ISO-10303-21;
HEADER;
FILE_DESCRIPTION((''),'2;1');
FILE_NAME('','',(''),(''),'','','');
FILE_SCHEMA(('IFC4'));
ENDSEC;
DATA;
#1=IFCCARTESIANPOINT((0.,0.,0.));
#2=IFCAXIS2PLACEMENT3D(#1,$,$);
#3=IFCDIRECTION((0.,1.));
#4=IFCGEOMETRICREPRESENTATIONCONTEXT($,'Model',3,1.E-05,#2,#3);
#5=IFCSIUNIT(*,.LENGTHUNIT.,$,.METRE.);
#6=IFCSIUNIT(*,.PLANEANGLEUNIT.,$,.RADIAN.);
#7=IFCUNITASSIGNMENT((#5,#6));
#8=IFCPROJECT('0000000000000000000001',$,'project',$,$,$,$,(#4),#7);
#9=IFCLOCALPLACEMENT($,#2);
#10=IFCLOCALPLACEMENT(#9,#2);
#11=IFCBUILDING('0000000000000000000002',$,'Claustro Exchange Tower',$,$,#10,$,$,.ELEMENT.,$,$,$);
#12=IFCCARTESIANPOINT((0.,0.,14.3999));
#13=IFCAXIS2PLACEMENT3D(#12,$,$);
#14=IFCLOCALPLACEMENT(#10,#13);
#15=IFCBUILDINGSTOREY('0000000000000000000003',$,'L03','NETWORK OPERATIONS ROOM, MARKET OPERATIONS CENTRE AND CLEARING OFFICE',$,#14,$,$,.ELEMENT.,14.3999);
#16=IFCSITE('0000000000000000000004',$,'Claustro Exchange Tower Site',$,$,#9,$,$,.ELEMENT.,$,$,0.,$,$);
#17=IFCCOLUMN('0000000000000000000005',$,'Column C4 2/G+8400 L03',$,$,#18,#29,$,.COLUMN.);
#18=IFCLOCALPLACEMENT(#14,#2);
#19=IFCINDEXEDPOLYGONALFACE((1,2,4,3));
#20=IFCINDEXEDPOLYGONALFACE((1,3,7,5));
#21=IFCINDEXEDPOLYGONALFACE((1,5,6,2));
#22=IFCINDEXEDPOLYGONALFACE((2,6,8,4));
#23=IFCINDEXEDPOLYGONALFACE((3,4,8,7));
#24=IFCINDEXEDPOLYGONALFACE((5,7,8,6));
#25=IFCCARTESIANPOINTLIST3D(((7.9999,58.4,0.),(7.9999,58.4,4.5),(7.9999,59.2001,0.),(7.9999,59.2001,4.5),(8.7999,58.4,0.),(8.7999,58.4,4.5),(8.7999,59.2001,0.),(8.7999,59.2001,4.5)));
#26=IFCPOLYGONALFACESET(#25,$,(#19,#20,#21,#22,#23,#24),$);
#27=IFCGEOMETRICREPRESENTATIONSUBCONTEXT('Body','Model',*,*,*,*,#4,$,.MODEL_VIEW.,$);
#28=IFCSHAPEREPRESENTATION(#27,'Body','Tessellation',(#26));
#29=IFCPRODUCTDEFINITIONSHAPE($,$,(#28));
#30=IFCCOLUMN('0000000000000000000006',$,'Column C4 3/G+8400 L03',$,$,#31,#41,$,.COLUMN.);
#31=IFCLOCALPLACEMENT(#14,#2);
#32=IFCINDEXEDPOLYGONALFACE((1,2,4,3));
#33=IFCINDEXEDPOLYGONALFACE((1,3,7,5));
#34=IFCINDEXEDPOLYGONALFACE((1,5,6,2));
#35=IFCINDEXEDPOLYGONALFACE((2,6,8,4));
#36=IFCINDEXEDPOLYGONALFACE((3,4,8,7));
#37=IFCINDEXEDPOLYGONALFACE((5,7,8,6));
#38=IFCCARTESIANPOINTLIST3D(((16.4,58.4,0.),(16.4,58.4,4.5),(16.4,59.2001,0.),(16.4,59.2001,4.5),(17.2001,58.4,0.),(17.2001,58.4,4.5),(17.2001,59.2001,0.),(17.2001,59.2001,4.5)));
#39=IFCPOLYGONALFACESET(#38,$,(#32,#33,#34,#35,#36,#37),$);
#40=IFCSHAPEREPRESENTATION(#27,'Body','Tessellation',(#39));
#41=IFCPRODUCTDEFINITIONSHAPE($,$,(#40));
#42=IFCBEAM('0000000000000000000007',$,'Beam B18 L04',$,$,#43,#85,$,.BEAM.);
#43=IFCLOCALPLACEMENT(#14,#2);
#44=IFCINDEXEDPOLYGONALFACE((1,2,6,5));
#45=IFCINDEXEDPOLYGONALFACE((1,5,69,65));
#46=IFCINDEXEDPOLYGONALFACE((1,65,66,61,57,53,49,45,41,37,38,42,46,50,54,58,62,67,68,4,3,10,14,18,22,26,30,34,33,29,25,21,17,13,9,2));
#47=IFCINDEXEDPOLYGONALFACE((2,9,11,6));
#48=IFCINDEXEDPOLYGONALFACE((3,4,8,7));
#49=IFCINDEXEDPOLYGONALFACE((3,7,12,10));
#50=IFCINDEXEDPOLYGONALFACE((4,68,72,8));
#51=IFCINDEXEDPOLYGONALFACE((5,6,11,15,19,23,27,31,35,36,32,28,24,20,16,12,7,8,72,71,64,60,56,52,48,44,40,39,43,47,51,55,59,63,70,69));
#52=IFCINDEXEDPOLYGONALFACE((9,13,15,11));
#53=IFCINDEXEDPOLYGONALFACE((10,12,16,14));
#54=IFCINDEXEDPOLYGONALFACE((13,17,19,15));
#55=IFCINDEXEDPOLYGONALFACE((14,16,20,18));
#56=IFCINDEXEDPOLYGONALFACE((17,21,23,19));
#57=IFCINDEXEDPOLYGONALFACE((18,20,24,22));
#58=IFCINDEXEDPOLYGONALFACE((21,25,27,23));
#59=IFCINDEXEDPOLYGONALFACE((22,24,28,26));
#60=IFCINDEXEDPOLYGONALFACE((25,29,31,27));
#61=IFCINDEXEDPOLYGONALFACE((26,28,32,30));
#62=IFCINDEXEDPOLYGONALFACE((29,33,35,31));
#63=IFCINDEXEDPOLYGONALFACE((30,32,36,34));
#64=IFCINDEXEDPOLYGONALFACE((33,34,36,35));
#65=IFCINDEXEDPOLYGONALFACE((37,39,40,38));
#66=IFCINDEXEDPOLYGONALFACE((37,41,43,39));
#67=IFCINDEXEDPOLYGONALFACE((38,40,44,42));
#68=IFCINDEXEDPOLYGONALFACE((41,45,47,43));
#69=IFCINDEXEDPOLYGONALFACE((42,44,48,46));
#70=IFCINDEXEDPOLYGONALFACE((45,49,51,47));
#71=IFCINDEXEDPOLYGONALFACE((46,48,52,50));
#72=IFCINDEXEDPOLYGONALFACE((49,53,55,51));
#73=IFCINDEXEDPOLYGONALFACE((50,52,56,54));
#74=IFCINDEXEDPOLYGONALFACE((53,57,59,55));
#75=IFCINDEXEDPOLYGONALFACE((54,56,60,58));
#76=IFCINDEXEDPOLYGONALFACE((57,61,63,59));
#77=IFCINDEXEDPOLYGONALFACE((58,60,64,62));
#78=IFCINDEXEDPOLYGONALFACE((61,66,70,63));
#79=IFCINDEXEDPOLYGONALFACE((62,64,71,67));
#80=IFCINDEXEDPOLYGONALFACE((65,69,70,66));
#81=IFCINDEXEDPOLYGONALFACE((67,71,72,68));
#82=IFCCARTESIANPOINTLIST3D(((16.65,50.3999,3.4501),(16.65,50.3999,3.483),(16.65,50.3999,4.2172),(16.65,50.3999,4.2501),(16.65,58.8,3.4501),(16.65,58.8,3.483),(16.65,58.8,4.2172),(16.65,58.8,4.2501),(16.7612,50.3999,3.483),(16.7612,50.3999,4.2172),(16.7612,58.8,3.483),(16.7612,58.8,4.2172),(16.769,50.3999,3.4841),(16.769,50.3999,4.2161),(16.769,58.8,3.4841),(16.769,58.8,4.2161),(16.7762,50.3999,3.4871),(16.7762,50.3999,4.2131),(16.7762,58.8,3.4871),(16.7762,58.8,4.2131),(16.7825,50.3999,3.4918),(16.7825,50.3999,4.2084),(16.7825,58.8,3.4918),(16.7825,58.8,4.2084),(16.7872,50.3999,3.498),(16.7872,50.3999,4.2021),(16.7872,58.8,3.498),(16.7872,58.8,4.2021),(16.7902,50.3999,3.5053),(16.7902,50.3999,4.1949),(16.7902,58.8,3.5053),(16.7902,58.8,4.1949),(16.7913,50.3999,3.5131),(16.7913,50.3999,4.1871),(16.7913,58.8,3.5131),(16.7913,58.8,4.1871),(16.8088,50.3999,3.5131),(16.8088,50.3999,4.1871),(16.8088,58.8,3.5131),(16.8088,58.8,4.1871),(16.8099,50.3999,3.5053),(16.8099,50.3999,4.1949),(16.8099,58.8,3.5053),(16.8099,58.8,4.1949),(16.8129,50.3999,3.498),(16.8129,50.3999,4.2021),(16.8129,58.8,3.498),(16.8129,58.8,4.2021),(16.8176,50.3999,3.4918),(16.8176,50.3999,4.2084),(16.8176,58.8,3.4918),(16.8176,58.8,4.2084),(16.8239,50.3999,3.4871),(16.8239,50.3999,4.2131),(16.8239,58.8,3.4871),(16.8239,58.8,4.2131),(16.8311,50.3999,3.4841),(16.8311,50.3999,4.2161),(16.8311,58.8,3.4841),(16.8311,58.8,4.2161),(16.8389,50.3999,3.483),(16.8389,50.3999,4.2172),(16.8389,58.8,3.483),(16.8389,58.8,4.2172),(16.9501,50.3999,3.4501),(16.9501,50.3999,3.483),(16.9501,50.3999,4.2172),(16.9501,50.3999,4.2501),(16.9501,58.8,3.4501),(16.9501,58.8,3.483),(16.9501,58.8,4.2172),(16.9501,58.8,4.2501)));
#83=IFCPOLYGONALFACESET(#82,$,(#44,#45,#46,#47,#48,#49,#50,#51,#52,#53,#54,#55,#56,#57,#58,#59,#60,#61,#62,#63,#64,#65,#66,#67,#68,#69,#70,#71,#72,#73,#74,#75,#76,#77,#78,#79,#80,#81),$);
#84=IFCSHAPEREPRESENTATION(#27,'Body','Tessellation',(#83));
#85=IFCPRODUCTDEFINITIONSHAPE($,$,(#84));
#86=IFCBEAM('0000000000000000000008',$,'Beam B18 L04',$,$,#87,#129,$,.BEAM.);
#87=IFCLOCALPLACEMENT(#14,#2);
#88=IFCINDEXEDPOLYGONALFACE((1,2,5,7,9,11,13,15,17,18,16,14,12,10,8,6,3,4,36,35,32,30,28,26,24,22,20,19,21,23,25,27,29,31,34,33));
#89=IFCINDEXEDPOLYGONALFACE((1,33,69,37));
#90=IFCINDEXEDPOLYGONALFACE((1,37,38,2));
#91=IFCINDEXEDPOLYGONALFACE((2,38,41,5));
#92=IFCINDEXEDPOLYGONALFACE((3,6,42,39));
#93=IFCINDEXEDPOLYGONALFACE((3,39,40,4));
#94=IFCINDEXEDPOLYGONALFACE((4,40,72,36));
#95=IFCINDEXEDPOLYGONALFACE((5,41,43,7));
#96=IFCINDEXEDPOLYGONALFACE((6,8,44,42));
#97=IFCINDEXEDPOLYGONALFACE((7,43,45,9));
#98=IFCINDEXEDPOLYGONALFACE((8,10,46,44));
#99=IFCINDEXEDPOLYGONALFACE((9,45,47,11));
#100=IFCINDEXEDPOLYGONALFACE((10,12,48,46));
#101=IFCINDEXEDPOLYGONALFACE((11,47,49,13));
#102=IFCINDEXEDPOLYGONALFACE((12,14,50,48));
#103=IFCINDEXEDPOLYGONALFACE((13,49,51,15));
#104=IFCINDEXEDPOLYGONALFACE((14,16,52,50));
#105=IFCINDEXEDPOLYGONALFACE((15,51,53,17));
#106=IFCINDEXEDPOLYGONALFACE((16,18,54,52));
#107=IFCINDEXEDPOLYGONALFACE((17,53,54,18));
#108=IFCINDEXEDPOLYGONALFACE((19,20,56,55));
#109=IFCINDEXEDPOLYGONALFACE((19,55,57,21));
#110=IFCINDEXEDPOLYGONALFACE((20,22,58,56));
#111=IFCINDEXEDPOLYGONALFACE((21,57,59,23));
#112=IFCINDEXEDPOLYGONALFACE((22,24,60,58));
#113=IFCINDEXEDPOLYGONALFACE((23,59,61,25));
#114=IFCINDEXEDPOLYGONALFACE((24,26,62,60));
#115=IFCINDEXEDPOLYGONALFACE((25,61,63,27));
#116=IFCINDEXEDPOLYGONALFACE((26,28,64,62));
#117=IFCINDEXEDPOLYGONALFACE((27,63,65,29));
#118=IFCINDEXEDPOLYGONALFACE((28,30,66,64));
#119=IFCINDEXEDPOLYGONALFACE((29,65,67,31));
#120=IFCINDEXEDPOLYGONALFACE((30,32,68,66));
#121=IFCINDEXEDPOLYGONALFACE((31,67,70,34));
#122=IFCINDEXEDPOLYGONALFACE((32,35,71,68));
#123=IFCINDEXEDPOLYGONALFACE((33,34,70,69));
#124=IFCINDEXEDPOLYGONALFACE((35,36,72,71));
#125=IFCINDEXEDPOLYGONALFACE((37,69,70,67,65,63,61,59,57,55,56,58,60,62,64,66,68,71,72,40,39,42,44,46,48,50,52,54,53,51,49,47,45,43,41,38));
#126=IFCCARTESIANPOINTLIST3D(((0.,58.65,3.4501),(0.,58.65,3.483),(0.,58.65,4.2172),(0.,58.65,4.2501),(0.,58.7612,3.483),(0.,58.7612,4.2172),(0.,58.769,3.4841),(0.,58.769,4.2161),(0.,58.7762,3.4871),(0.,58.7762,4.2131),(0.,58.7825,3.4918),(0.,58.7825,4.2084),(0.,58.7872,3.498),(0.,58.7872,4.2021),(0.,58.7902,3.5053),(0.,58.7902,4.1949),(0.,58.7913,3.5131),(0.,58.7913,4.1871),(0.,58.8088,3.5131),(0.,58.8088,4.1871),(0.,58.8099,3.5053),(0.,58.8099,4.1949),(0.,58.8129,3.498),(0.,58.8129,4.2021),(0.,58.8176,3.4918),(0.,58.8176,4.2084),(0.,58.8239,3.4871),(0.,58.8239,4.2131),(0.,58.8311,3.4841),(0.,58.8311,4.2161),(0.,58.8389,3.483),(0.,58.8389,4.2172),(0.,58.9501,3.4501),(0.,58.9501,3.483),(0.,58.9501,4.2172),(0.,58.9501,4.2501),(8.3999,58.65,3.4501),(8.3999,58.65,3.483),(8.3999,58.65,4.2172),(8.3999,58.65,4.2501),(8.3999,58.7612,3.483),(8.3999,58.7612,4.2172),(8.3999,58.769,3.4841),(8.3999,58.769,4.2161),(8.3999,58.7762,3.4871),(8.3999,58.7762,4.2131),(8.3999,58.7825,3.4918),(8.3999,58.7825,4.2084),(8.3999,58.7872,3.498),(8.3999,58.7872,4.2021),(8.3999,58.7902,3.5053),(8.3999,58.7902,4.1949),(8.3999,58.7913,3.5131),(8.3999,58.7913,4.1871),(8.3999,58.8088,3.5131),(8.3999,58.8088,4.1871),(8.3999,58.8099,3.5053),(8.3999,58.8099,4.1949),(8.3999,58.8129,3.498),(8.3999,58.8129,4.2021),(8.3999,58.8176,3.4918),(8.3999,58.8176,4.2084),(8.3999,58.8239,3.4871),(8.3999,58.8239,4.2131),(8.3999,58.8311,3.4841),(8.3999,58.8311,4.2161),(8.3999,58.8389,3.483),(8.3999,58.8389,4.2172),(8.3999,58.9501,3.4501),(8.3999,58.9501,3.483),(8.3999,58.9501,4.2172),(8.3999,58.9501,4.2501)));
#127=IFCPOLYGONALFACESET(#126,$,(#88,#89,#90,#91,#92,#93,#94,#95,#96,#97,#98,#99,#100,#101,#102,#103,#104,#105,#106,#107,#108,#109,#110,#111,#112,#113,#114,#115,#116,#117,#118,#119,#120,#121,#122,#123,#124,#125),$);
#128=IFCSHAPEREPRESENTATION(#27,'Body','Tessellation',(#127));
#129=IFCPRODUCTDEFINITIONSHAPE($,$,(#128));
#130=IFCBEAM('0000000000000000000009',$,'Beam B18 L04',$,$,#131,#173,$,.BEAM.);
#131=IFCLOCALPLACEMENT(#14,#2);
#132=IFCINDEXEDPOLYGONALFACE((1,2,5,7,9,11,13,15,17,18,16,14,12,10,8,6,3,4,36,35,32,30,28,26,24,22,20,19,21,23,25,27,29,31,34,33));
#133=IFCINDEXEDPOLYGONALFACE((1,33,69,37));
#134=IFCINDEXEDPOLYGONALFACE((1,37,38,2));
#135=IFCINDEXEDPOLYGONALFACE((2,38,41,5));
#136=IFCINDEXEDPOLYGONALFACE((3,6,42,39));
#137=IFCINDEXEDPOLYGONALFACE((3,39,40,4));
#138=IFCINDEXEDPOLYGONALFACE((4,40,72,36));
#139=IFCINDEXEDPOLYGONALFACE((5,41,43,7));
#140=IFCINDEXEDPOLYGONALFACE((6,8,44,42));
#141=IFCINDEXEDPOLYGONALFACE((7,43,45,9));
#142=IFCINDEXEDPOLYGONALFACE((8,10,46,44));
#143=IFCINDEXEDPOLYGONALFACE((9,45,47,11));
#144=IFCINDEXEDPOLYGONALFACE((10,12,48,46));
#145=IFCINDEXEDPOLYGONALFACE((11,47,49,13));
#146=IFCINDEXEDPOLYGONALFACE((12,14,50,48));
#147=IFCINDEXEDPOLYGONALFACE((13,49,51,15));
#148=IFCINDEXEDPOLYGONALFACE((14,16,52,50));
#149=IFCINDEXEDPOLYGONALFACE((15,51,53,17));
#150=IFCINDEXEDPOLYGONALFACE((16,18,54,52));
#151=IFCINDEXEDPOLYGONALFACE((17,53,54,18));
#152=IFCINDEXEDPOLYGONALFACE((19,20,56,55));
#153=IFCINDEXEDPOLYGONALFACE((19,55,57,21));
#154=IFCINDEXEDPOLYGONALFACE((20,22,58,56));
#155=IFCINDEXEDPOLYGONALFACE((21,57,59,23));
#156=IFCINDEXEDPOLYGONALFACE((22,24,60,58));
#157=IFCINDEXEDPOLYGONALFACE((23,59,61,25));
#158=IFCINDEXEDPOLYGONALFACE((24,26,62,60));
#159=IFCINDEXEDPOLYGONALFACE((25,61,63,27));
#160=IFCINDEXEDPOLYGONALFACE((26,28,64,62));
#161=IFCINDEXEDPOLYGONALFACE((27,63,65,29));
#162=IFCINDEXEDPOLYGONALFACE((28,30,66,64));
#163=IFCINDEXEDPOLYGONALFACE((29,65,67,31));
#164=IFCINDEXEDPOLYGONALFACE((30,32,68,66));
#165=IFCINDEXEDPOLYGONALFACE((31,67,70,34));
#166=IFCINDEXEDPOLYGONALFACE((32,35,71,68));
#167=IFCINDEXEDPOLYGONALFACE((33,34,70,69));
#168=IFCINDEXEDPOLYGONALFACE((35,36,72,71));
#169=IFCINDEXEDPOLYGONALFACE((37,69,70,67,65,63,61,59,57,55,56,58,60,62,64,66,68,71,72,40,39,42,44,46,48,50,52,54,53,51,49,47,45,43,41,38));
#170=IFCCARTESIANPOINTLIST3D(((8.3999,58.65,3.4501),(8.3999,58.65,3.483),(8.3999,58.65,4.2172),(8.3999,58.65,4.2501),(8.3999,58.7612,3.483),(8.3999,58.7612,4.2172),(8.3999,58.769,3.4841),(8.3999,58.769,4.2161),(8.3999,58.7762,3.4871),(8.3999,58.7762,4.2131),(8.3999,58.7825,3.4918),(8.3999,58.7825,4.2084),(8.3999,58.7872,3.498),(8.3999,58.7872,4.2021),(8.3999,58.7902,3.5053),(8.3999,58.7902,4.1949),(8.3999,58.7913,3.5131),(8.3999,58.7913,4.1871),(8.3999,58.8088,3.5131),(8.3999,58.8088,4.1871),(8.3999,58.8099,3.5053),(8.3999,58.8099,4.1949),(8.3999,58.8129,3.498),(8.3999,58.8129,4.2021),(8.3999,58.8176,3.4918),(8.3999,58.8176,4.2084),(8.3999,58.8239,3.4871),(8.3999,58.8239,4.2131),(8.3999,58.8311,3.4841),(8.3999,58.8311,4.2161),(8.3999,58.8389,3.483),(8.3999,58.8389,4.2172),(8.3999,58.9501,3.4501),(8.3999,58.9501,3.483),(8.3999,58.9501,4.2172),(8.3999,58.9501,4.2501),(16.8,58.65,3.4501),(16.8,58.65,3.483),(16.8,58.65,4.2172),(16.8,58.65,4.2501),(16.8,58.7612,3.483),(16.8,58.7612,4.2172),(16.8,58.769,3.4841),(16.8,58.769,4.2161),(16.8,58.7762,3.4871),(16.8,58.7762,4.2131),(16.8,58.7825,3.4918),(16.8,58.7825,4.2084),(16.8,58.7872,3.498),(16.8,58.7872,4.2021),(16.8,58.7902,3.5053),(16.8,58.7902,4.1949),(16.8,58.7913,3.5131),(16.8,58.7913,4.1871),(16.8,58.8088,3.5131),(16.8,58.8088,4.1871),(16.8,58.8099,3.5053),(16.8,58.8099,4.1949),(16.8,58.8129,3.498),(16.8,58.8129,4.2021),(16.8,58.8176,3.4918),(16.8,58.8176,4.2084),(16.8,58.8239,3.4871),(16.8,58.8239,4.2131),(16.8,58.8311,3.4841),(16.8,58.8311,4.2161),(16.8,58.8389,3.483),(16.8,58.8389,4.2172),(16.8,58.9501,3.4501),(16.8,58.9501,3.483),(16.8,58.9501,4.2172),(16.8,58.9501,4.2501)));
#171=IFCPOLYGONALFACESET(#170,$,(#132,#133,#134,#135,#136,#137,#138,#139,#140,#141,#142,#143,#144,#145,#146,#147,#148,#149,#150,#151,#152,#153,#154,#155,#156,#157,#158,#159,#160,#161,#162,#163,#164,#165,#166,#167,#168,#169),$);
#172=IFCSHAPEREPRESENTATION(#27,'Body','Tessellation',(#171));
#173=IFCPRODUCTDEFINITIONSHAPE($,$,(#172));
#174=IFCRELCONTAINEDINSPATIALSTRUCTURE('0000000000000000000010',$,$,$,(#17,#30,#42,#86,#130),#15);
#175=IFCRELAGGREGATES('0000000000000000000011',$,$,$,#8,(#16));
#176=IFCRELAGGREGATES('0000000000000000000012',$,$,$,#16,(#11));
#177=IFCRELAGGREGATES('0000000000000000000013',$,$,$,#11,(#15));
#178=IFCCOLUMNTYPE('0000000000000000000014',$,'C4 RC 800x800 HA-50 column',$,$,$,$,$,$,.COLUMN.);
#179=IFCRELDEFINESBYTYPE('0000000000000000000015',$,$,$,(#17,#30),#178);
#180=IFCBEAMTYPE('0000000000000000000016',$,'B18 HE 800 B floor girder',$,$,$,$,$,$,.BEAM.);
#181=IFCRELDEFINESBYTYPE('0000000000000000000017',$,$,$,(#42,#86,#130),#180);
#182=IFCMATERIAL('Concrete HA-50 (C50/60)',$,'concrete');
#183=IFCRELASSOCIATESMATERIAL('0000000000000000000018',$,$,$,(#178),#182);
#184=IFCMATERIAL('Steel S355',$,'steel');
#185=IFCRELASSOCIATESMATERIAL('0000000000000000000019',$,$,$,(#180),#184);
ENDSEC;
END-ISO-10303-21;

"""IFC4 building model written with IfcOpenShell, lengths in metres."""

from ifc_helpers import new_model, si_unit, direction, frame, origin, origin_2d, place, context, subcontext, project, spatial, rectangle, i_section, extrude, material, material_profile, profile_set, type_object, element, save


model = new_model("IFC4")

# Units and contexts
model_context = context("Model", 3, precision=1e-05, world=origin(), true_north=direction((0.0, 1.0)))
body_context = subcontext(model_context, "Body", "Model", "MODEL_VIEW")
ifc_project = project(units=[si_unit("LENGTHUNIT", "METRE"), si_unit("PLANEANGLEUNIT", "RADIAN")], contexts=[model_context])

# Site, building, storey
site_placement = place(None, origin())
site = spatial("IfcSite", under=ifc_project, at=site_placement, Name="Claustro Exchange Tower Site", CompositionType="ELEMENT", RefElevation=0.0)
building_placement = place(site_placement, origin())
building = spatial("IfcBuilding", under=site, at=building_placement, Name="Claustro Exchange Tower", CompositionType="ELEMENT")
storey_placement = place(building_placement, frame((0.0, 0.0, 14.3999)))
storey = spatial("IfcBuildingStorey", under=building, at=storey_placement, Name="L03", Description="NETWORK OPERATIONS ROOM, MARKET OPERATIONS CENTRE AND CLEARING OFFICE", CompositionType="ELEMENT", Elevation=14.3999)

# Columns
ifc_material_1 = material(Name="Concrete HA-50 (C50/60)", Category="concrete")
ifc_material_profile_1 = material_profile(ifc_material_1, rectangle(XDim=0.8, YDim=0.8, at=origin_2d()), Name="RC 800x800")
ifc_profile_set_1 = profile_set([ifc_material_profile_1], Name="Concrete HA-50 (C50/60)")
column_type = type_object("IfcColumnType", Name="C4 RC 800x800 HA-50 column", PredefinedType="COLUMN", material=ifc_profile_set_1)
for number, where, z_axis, x_axis, name in (
    (1, (8.3999, 58.8, 0.0), (0.0, 0.0, 1.0), (1.0, 0.0, 0.0), "Column C4 2/G+8400 L03"),
    (2, (16.8, 58.8, 0.0), (0.0, 0.0, 1.0), (1.0, 0.0, 0.0), "Column C4 3/G+8400 L03"),
):
    element("IfcColumn", number, at=place(storey_placement, frame(where, z_axis=z_axis, x_axis=x_axis)), inside=storey, type_object=column_type, Name=name, PredefinedType="COLUMN", context=body_context, shape_type="SweptSolid", body=[
        extrude(rectangle(XDim=0.8, YDim=0.8, at=origin_2d()), origin(), (0.0, 0.0, 1.0), 4.5),
    ])

# Beams
ifc_material_2 = material(Name="Steel S355", Category="steel")
ifc_material_profile_2 = material_profile(ifc_material_2, i_section(OverallWidth=0.3, OverallDepth=0.8, WebThickness=0.0176, FlangeThickness=0.033, FilletRadius=0.03, at=origin_2d()), Name="HE 800 B")
ifc_profile_set_2 = profile_set([ifc_material_profile_2], Name="Steel S355")
beam_type_1 = type_object("IfcBeamType", Name="B18 HE 800 B floor girder", PredefinedType="BEAM", material=ifc_profile_set_2)
beam_1_placement = place(storey_placement, frame((16.8, 50.3999, 3.8501), z_axis=(0.0, 1.0, 0.0), x_axis=(-1.0, 0.0, 0.0)))
element("IfcBeam", 3, at=beam_1_placement, inside=storey, type_object=beam_type_1, Name="Beam B18 L04", PredefinedType="BEAM", context=body_context, shape_type="SweptSolid", body=[
    extrude(i_section(OverallWidth=0.3, OverallDepth=0.8, WebThickness=0.0176, FlangeThickness=0.033, FilletRadius=0.03, at=origin_2d()), origin(), (0.0, 0.0, 1.0), 8.4001),
])
beam_2_placement = place(storey_placement, frame((0.0, 58.8, 3.8501), z_axis=(1.0, 0.0, 0.0), x_axis=(0.0, 1.0, 0.0)))
element("IfcBeam", 4, at=beam_2_placement, inside=storey, type_object=beam_type_1, Name="Beam B18 L04", PredefinedType="BEAM", context=body_context, shape_type="SweptSolid", body=[
    extrude(i_section(OverallWidth=0.3, OverallDepth=0.8, WebThickness=0.0176, FlangeThickness=0.033, FilletRadius=0.03, at=origin_2d()), origin(), (0.0, 0.0, 1.0), 8.3999),
])
beam_3_placement = place(storey_placement, frame((8.3999, 58.8, 3.8501), z_axis=(1.0, 0.0, 0.0), x_axis=(0.0, 1.0, 0.0)))
element("IfcBeam", 5, at=beam_3_placement, inside=storey, type_object=beam_type_1, Name="Beam B18 L04", PredefinedType="BEAM", context=body_context, shape_type="SweptSolid", body=[
    extrude(i_section(OverallWidth=0.3, OverallDepth=0.8, WebThickness=0.0176, FlangeThickness=0.033, FilletRadius=0.03, at=origin_2d()), origin(), (0.0, 0.0, 1.0), 8.4001),
])

save(model, "model.ifc")
